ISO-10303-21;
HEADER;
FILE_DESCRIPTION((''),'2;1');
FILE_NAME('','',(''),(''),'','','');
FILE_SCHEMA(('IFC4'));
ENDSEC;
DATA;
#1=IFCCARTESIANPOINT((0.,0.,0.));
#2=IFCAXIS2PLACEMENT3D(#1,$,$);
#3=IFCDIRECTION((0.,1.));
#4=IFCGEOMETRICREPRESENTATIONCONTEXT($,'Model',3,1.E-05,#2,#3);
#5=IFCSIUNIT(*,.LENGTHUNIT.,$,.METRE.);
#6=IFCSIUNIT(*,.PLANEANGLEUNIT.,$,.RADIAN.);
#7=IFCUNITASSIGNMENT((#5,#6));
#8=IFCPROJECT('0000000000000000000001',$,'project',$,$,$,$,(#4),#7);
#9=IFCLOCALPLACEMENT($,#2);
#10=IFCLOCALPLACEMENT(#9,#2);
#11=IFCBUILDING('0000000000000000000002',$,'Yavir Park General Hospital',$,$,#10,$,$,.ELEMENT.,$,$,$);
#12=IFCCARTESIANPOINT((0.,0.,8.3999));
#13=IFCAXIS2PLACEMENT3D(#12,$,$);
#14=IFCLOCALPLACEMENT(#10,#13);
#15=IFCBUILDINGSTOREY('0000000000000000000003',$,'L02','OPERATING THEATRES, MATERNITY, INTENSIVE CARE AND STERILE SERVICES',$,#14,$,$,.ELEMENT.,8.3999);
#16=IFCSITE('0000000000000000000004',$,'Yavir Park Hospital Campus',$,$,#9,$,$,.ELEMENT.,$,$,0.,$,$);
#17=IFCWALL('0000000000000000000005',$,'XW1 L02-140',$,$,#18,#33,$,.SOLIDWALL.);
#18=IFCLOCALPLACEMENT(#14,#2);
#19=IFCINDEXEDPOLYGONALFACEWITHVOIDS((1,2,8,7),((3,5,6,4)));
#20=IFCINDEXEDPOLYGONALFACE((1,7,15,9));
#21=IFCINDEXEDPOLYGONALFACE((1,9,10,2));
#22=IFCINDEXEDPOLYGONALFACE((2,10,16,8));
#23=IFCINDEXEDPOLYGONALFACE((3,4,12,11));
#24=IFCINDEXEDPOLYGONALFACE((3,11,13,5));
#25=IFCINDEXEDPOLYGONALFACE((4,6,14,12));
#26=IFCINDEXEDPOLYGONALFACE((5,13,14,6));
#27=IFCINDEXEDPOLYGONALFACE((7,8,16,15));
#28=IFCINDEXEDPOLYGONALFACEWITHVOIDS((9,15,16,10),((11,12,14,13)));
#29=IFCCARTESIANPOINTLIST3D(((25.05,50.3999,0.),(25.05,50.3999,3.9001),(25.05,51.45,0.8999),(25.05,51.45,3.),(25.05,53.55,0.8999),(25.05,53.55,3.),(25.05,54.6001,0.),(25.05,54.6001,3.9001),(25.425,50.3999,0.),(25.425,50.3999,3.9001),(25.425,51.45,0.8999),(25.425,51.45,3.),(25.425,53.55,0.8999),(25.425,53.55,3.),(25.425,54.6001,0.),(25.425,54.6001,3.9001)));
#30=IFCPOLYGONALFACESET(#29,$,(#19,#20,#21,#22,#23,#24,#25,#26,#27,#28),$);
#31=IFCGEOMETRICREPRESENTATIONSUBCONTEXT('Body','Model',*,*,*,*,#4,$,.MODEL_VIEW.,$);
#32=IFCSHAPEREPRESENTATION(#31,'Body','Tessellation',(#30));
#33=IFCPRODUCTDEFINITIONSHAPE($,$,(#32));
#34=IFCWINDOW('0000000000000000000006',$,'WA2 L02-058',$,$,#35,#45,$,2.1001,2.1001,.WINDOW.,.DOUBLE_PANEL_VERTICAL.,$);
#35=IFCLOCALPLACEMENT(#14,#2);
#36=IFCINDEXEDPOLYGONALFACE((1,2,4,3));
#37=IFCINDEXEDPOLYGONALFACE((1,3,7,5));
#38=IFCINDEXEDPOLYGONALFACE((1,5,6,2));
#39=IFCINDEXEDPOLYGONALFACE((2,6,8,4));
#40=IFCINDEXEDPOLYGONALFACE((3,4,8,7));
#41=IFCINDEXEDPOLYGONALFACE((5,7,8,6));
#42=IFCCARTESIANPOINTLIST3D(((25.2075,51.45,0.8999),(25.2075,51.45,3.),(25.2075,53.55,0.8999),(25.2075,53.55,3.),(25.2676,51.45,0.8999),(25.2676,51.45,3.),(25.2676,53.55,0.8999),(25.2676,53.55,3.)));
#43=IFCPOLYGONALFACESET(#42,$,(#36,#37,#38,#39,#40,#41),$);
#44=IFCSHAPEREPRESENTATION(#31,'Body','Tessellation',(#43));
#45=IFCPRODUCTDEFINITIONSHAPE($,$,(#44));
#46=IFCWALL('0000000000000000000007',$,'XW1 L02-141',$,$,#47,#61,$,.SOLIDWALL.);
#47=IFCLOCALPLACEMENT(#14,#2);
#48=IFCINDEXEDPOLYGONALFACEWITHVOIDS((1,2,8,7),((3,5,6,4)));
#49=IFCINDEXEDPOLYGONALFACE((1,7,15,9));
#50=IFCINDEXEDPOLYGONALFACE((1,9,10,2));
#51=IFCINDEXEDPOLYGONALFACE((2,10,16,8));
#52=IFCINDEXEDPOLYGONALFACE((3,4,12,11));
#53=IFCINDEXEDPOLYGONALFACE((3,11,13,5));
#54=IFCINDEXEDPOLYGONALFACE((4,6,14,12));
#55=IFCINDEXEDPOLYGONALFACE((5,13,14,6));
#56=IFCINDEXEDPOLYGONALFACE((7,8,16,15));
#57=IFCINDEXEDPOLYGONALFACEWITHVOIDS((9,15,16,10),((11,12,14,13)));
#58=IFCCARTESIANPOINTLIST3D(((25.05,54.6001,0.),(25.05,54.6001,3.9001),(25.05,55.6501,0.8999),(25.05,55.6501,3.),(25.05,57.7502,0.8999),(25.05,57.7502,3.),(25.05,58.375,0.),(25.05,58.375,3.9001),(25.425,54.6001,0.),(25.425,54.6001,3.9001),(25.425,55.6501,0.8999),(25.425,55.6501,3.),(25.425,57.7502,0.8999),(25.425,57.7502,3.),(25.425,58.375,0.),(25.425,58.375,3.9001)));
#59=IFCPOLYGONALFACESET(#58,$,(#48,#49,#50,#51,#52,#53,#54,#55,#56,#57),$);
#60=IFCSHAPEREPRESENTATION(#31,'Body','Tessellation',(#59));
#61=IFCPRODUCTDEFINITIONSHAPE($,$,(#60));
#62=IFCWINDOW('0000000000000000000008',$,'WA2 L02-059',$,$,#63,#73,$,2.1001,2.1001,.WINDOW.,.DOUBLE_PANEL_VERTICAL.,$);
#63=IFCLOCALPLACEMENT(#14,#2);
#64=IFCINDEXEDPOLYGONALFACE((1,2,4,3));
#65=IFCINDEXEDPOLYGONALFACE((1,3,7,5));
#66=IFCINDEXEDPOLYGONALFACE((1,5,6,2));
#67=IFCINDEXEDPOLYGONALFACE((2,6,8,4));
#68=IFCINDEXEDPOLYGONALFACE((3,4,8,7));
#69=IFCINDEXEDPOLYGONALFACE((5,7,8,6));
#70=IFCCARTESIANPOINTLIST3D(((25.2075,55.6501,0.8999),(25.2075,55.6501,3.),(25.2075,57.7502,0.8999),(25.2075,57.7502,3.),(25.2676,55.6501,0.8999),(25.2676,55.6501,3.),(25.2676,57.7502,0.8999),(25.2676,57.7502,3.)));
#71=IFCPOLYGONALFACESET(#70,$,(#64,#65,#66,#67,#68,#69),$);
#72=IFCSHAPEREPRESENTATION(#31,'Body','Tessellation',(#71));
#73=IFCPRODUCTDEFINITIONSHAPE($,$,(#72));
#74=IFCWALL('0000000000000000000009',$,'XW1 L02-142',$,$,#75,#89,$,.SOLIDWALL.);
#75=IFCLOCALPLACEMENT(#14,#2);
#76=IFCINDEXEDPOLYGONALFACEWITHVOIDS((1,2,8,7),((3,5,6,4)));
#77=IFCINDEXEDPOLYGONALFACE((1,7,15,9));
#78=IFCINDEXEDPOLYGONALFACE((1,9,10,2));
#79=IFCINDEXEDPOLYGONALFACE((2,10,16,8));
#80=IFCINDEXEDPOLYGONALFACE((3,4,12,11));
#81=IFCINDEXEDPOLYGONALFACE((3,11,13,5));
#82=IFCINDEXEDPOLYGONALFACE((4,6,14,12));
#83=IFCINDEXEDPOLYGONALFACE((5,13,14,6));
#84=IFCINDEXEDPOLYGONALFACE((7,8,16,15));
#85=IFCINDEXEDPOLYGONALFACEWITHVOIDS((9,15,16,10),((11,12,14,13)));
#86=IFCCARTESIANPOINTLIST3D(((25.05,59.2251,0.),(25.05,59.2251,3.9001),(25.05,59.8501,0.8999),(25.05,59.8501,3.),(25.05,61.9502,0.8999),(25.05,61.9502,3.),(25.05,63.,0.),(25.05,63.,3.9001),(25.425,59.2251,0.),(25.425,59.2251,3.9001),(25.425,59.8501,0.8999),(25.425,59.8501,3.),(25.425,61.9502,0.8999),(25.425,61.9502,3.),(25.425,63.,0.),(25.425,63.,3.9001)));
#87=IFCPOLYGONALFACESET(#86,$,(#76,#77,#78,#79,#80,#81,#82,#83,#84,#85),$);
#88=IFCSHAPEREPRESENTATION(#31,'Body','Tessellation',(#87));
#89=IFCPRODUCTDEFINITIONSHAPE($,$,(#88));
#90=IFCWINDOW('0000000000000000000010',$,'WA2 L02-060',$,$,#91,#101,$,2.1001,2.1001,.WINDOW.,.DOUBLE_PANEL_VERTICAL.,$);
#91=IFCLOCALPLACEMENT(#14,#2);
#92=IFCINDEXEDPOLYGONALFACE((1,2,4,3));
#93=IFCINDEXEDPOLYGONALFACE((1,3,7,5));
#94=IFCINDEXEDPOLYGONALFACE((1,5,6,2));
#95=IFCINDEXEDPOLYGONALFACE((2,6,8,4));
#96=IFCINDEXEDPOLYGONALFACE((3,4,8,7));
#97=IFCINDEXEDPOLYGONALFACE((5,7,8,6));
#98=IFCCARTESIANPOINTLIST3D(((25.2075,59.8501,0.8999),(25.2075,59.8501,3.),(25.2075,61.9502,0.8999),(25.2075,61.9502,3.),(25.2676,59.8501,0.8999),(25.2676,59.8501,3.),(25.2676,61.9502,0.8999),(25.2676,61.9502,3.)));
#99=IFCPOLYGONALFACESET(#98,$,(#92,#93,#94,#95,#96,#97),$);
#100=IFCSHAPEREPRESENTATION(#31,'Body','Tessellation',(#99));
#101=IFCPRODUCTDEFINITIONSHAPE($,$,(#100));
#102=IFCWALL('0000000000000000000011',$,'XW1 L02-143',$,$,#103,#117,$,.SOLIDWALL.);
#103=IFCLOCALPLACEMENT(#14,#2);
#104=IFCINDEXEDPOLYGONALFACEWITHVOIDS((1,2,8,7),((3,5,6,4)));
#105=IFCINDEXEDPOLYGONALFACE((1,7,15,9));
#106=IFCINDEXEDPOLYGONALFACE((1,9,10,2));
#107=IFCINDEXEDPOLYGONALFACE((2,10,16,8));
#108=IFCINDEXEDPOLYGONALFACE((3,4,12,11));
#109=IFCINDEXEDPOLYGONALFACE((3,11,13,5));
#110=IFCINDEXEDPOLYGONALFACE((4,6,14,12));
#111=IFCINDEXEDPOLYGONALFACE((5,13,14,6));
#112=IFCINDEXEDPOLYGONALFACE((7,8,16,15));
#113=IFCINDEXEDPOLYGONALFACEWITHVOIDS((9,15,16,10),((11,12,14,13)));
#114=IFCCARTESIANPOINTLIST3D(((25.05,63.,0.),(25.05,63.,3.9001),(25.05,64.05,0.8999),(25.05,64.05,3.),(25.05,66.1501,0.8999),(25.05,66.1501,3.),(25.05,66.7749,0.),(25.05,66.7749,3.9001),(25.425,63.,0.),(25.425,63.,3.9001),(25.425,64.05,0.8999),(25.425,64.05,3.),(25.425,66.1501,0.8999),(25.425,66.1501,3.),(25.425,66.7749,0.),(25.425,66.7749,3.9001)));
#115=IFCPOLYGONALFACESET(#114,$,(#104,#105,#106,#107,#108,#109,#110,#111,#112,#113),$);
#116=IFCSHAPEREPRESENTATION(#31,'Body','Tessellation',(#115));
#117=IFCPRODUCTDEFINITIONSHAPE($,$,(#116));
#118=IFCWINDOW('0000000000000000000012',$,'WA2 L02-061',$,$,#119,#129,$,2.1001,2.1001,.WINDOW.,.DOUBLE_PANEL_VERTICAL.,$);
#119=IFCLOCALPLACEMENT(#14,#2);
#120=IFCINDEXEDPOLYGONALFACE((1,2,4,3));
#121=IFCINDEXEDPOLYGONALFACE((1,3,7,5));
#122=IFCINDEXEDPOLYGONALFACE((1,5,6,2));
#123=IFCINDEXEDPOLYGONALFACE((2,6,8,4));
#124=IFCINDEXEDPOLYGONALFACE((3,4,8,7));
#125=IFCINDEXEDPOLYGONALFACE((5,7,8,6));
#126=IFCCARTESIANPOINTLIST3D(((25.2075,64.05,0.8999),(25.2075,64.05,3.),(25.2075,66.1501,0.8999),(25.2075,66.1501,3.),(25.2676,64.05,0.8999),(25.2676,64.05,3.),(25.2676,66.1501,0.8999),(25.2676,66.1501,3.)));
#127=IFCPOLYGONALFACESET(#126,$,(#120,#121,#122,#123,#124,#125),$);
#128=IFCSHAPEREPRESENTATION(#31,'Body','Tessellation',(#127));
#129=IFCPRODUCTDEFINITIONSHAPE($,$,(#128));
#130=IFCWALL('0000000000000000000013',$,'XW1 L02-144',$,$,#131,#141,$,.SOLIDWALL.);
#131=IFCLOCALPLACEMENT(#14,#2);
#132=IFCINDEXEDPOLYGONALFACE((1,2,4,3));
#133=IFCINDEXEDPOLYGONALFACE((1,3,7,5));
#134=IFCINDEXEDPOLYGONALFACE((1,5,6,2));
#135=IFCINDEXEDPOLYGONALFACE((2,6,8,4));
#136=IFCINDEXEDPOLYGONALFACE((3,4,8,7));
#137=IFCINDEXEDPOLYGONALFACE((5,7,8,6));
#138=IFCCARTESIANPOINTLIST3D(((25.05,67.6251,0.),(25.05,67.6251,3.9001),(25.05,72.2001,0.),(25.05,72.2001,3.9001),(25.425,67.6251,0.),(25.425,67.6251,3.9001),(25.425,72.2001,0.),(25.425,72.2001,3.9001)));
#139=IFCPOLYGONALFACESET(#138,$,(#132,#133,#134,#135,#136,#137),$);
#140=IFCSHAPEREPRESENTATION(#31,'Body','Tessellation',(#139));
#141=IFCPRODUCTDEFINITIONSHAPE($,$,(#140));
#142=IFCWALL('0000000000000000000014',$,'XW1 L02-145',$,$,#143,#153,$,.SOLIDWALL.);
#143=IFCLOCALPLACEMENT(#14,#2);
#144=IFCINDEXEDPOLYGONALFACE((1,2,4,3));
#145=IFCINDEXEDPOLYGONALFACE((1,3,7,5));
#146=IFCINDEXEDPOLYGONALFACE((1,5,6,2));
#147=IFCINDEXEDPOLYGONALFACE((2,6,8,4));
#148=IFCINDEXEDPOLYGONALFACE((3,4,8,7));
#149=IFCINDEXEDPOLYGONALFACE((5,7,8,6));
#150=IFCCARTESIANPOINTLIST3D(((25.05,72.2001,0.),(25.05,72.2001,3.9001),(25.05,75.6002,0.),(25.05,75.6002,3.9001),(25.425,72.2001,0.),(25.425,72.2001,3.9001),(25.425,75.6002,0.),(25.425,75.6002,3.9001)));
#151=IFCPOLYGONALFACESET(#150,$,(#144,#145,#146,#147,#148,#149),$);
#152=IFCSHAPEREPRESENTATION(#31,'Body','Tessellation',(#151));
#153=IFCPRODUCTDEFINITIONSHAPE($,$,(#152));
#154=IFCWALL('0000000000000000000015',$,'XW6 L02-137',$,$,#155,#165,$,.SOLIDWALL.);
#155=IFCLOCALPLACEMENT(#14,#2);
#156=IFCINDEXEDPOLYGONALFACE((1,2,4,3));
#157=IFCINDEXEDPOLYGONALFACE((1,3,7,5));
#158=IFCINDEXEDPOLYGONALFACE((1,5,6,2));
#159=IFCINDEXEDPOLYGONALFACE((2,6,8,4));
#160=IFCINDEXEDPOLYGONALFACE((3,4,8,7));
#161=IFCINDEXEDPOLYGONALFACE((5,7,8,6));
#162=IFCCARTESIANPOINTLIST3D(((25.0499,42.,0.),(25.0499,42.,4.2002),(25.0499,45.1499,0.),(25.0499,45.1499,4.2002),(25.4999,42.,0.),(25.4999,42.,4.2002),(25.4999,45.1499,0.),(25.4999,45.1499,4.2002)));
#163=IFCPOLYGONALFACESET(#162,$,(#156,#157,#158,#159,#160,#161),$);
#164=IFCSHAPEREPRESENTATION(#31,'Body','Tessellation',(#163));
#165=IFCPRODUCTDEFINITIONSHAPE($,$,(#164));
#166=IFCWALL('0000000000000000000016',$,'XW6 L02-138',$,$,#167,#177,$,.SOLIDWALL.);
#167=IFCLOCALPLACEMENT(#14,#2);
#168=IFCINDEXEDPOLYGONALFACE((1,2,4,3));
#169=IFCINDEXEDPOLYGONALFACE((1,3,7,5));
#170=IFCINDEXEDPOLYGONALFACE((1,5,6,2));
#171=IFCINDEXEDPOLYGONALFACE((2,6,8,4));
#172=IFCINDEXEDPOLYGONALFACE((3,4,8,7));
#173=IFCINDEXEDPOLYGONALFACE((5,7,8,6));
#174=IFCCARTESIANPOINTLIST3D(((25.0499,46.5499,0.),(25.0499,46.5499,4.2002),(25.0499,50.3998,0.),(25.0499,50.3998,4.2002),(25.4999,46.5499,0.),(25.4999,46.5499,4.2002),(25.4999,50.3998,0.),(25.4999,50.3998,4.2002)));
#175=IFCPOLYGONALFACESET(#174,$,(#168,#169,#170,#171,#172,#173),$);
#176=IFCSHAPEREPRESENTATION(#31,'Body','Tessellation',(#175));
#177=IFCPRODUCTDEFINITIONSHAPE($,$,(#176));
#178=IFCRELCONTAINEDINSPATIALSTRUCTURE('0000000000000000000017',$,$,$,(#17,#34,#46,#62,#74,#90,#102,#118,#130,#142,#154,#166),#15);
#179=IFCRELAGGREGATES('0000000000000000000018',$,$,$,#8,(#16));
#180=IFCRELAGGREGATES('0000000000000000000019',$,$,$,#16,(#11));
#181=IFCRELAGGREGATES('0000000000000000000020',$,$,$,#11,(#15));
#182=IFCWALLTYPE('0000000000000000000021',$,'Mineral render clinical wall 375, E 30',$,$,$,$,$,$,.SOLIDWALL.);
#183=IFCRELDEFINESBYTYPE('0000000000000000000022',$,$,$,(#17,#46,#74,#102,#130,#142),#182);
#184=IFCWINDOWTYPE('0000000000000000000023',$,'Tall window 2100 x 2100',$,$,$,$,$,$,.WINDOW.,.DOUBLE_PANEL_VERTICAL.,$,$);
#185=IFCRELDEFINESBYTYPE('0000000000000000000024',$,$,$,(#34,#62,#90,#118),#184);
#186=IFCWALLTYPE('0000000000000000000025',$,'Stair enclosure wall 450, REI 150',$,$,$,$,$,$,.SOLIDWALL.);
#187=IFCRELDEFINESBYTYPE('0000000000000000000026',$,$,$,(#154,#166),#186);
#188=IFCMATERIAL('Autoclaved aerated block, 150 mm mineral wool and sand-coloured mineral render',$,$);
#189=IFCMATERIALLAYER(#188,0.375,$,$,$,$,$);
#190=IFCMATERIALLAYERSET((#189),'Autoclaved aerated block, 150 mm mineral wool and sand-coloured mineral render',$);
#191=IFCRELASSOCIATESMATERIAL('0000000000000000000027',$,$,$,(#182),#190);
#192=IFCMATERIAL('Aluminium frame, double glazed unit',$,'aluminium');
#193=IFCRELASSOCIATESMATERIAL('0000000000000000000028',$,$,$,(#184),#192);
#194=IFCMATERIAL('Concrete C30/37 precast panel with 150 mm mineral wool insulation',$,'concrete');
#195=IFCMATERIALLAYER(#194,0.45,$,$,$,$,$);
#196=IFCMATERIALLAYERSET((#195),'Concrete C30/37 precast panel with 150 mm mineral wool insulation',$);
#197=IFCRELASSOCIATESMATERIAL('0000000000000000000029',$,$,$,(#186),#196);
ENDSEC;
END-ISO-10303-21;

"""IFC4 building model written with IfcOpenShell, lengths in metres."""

from ifc_helpers import new_model, si_unit, direction, frame, frame_2d, origin, place, context, subcontext, project, spatial, rectangle, extrude, material, layer, layer_set, type_object, element, fill, save


model = new_model("IFC4")

# Units and contexts
model_context = context("Model", 3, precision=1e-05, world=origin(), true_north=direction((0.0, 1.0)))
body_context = subcontext(model_context, "Body", "Model", "MODEL_VIEW")
ifc_project = project(units=[si_unit("LENGTHUNIT", "METRE"), si_unit("PLANEANGLEUNIT", "RADIAN")], contexts=[model_context])

# Site, building, storey
site_placement = place(None, origin())
site = spatial("IfcSite", under=ifc_project, at=site_placement, Name="Yavir Park Hospital Campus", CompositionType="ELEMENT", RefElevation=0.0)
building_placement = place(site_placement, origin())
building = spatial("IfcBuilding", under=site, at=building_placement, Name="Yavir Park General Hospital", CompositionType="ELEMENT")
storey_placement = place(building_placement, frame((0.0, 0.0, 8.3999)))
storey = spatial("IfcBuildingStorey", under=building, at=storey_placement, Name="L02", Description="OPERATING THEATRES, MATERNITY, INTENSIVE CARE AND STERILE SERVICES", CompositionType="ELEMENT", Elevation=8.3999)

# Shared definitions
ifc_material_1 = material(Name="Autoclaved aerated block, 150 mm mineral wool and sand-coloured mineral render")
ifc_layer_1 = layer(ifc_material_1, 0.375)
ifc_layer_set_1 = layer_set([ifc_layer_1], Name="Autoclaved aerated block, 150 mm mineral wool and sand-coloured mineral render")
wall_type_1 = type_object("IfcWallType", Name="Mineral render clinical wall 375, E 30", PredefinedType="SOLIDWALL", material=ifc_layer_set_1)

# Walls, openings, windows
wall_1_placement = place(storey_placement, frame((25.2375, 50.3999, 0.0), z_axis=(0.0, 0.0, 1.0), x_axis=(0.0, 1.0, 0.0)))
wall_1 = element("IfcWall", 1, at=wall_1_placement, inside=storey, type_object=wall_type_1, Name="XW1 L02-140", PredefinedType="SOLIDWALL", context=body_context, shape_type="SweptSolid", body=[
    extrude(rectangle(XDim=4.2002, YDim=0.375, at=frame_2d((2.1001, 0.0))), origin(), (0.0, 0.0, 1.0), 3.9001),
])
opening_1_placement = place(wall_1_placement, frame((1.05, 0.0, 0.8999)))
opening_1 = element("IfcOpeningElement", 2, at=opening_1_placement, cuts=wall_1, PredefinedType="OPENING", context=body_context, shape_type="SweptSolid", body=[
    extrude(rectangle(XDim=2.1001, YDim=2.1001, at=frame_2d((1.05, 1.05))), frame((0.0, 0.1975, 0.0), z_axis=(0.0, -1.0, 0.0), x_axis=(1.0, 0.0, 0.0)), (0.0, 0.0, 1.0), 0.395),
])
ifc_material_2 = material(Name="Aluminium frame, double glazed unit", Category="aluminium")
window_type_1 = type_object("IfcWindowType", Name="Tall window 2100 x 2100", PartitioningType="DOUBLE_PANEL_VERTICAL", PredefinedType="WINDOW", material=ifc_material_2)
window_1_placement = place(opening_1_placement, origin())
window_1 = element("IfcWindow", 3, at=window_1_placement, inside=storey, type_object=window_type_1, Name="WA2 L02-058", OverallHeight=2.1001, OverallWidth=2.1001, PartitioningType="DOUBLE_PANEL_VERTICAL", PredefinedType="WINDOW", context=body_context, shape_type="SweptSolid", body=[
    extrude(rectangle(XDim=2.1001, YDim=2.1001, at=frame_2d((1.05, 1.05))), frame((0.0, 0.03, 0.0), z_axis=(0.0, -1.0, 0.0), x_axis=(1.0, 0.0, 0.0)), (0.0, 0.0, 1.0), 0.0601),
])
fill(opening_1, window_1)
wall_2_placement = place(storey_placement, frame((25.2375, 54.6001, 0.0), z_axis=(0.0, 0.0, 1.0), x_axis=(0.0, 1.0, 0.0)))
wall_2 = element("IfcWall", 4, at=wall_2_placement, inside=storey, type_object=wall_type_1, Name="XW1 L02-141", PredefinedType="SOLIDWALL", context=body_context, shape_type="SweptSolid", body=[
    extrude(rectangle(XDim=3.7749, YDim=0.375, at=frame_2d((1.8875, 0.0))), origin(), (0.0, 0.0, 1.0), 3.9001),
])
opening_2_placement = place(wall_2_placement, frame((1.05, 0.0, 0.8999)))
opening_2 = element("IfcOpeningElement", 5, at=opening_2_placement, cuts=wall_2, PredefinedType="OPENING", context=body_context, shape_type="SweptSolid", body=[
    extrude(rectangle(XDim=2.1001, YDim=2.1001, at=frame_2d((1.05, 1.05))), frame((0.0, 0.1975, 0.0), z_axis=(0.0, -1.0, 0.0), x_axis=(1.0, 0.0, 0.0)), (0.0, 0.0, 1.0), 0.395),
])
window_2_placement = place(opening_2_placement, origin())
window_2 = element("IfcWindow", 6, at=window_2_placement, inside=storey, type_object=window_type_1, Name="WA2 L02-059", OverallHeight=2.1001, OverallWidth=2.1001, PartitioningType="DOUBLE_PANEL_VERTICAL", PredefinedType="WINDOW", context=body_context, shape_type="SweptSolid", body=[
    extrude(rectangle(XDim=2.1001, YDim=2.1001, at=frame_2d((1.05, 1.05))), frame((0.0, 0.03, 0.0), z_axis=(0.0, -1.0, 0.0), x_axis=(1.0, 0.0, 0.0)), (0.0, 0.0, 1.0), 0.0601),
])
fill(opening_2, window_2)
wall_3_placement = place(storey_placement, frame((25.2375, 59.2251, 0.0), z_axis=(0.0, 0.0, 1.0), x_axis=(0.0, 1.0, 0.0)))
wall_3 = element("IfcWall", 7, at=wall_3_placement, inside=storey, type_object=wall_type_1, Name="XW1 L02-142", PredefinedType="SOLIDWALL", context=body_context, shape_type="SweptSolid", body=[
    extrude(rectangle(XDim=3.7749, YDim=0.375, at=frame_2d((1.8875, 0.0))), origin(), (0.0, 0.0, 1.0), 3.9001),
])
opening_3_placement = place(wall_3_placement, frame((0.625, 0.0, 0.8999)))
opening_3 = element("IfcOpeningElement", 8, at=opening_3_placement, cuts=wall_3, PredefinedType="OPENING", context=body_context, shape_type="SweptSolid", body=[
    extrude(rectangle(XDim=2.1001, YDim=2.1001, at=frame_2d((1.05, 1.05))), frame((0.0, 0.1975, 0.0), z_axis=(0.0, -1.0, 0.0), x_axis=(1.0, 0.0, 0.0)), (0.0, 0.0, 1.0), 0.395),
])
window_3_placement = place(opening_3_placement, origin())
window_3 = element("IfcWindow", 9, at=window_3_placement, inside=storey, type_object=window_type_1, Name="WA2 L02-060", OverallHeight=2.1001, OverallWidth=2.1001, PartitioningType="DOUBLE_PANEL_VERTICAL", PredefinedType="WINDOW", context=body_context, shape_type="SweptSolid", body=[
    extrude(rectangle(XDim=2.1001, YDim=2.1001, at=frame_2d((1.05, 1.05))), frame((0.0, 0.03, 0.0), z_axis=(0.0, -1.0, 0.0), x_axis=(1.0, 0.0, 0.0)), (0.0, 0.0, 1.0), 0.0601),
])
fill(opening_3, window_3)
wall_4_placement = place(storey_placement, frame((25.2375, 63.0, 0.0), z_axis=(0.0, 0.0, 1.0), x_axis=(0.0, 1.0, 0.0)))
wall_4 = element("IfcWall", 10, at=wall_4_placement, inside=storey, type_object=wall_type_1, Name="XW1 L02-143", PredefinedType="SOLIDWALL", context=body_context, shape_type="SweptSolid", body=[
    extrude(rectangle(XDim=3.7749, YDim=0.375, at=frame_2d((1.8875, 0.0))), origin(), (0.0, 0.0, 1.0), 3.9001),
])
opening_4_placement = place(wall_4_placement, frame((1.05, 0.0, 0.8999)))
opening_4 = element("IfcOpeningElement", 11, at=opening_4_placement, cuts=wall_4, PredefinedType="OPENING", context=body_context, shape_type="SweptSolid", body=[
    extrude(rectangle(XDim=2.1001, YDim=2.1001, at=frame_2d((1.05, 1.05))), frame((0.0, 0.1975, 0.0), z_axis=(0.0, -1.0, 0.0), x_axis=(1.0, 0.0, 0.0)), (0.0, 0.0, 1.0), 0.395),
])
window_4_placement = place(opening_4_placement, origin())
window_4 = element("IfcWindow", 12, at=window_4_placement, inside=storey, type_object=window_type_1, Name="WA2 L02-061", OverallHeight=2.1001, OverallWidth=2.1001, PartitioningType="DOUBLE_PANEL_VERTICAL", PredefinedType="WINDOW", context=body_context, shape_type="SweptSolid", body=[
    extrude(rectangle(XDim=2.1001, YDim=2.1001, at=frame_2d((1.05, 1.05))), frame((0.0, 0.03, 0.0), z_axis=(0.0, -1.0, 0.0), x_axis=(1.0, 0.0, 0.0)), (0.0, 0.0, 1.0), 0.0601),
])
fill(opening_4, window_4)

# Walls
wall_5_placement = place(storey_placement, frame((25.2375, 67.625, 0.0), z_axis=(0.0, 0.0, 1.0), x_axis=(0.0, 1.0, 0.0)))
element("IfcWall", 13, at=wall_5_placement, inside=storey, type_object=wall_type_1, Name="XW1 L02-144", PredefinedType="SOLIDWALL", context=body_context, shape_type="SweptSolid", body=[
    extrude(rectangle(XDim=4.575, YDim=0.375, at=frame_2d((2.2876, 0.0))), origin(), (0.0, 0.0, 1.0), 3.9001),
])
wall_6_placement = place(storey_placement, frame((25.2375, 72.2, 0.0), z_axis=(0.0, 0.0, 1.0), x_axis=(0.0, 1.0, 0.0)))
element("IfcWall", 14, at=wall_6_placement, inside=storey, type_object=wall_type_1, Name="XW1 L02-145", PredefinedType="SOLIDWALL", context=body_context, shape_type="SweptSolid", body=[
    extrude(rectangle(XDim=3.4001, YDim=0.375, at=frame_2d((1.7002, 0.0))), origin(), (0.0, 0.0, 1.0), 3.9001),
])
ifc_material_3 = material(Name="Concrete C30/37 precast panel with 150 mm mineral wool insulation", Category="concrete")
ifc_layer_2 = layer(ifc_material_3, 0.45)
ifc_layer_set_2 = layer_set([ifc_layer_2], Name="Concrete C30/37 precast panel with 150 mm mineral wool insulation")
wall_type_2 = type_object("IfcWallType", Name="Stair enclosure wall 450, REI 150", PredefinedType="SOLIDWALL", material=ifc_layer_set_2)
wall_7_placement = place(storey_placement, frame((25.2749, 42.0, 0.0), z_axis=(0.0, 0.0, 1.0), x_axis=(0.0, 1.0, 0.0)))
element("IfcWall", 15, at=wall_7_placement, inside=storey, type_object=wall_type_2, Name="XW6 L02-137", PredefinedType="SOLIDWALL", context=body_context, shape_type="SweptSolid", body=[
    extrude(rectangle(XDim=3.1499, YDim=0.45, at=frame_2d((1.575, 0.0))), origin(), (0.0, 0.0, 1.0), 4.2002),
])
wall_8_placement = place(storey_placement, frame((25.2749, 46.55, 0.0), z_axis=(0.0, 0.0, 1.0), x_axis=(0.0, 1.0, 0.0)))
element("IfcWall", 16, at=wall_8_placement, inside=storey, type_object=wall_type_2, Name="XW6 L02-138", PredefinedType="SOLIDWALL", context=body_context, shape_type="SweptSolid", body=[
    extrude(rectangle(XDim=3.8499, YDim=0.45, at=frame_2d((1.9248, 0.0))), origin(), (0.0, 0.0, 1.0), 4.2002),
])

save(model, "model.ifc")
